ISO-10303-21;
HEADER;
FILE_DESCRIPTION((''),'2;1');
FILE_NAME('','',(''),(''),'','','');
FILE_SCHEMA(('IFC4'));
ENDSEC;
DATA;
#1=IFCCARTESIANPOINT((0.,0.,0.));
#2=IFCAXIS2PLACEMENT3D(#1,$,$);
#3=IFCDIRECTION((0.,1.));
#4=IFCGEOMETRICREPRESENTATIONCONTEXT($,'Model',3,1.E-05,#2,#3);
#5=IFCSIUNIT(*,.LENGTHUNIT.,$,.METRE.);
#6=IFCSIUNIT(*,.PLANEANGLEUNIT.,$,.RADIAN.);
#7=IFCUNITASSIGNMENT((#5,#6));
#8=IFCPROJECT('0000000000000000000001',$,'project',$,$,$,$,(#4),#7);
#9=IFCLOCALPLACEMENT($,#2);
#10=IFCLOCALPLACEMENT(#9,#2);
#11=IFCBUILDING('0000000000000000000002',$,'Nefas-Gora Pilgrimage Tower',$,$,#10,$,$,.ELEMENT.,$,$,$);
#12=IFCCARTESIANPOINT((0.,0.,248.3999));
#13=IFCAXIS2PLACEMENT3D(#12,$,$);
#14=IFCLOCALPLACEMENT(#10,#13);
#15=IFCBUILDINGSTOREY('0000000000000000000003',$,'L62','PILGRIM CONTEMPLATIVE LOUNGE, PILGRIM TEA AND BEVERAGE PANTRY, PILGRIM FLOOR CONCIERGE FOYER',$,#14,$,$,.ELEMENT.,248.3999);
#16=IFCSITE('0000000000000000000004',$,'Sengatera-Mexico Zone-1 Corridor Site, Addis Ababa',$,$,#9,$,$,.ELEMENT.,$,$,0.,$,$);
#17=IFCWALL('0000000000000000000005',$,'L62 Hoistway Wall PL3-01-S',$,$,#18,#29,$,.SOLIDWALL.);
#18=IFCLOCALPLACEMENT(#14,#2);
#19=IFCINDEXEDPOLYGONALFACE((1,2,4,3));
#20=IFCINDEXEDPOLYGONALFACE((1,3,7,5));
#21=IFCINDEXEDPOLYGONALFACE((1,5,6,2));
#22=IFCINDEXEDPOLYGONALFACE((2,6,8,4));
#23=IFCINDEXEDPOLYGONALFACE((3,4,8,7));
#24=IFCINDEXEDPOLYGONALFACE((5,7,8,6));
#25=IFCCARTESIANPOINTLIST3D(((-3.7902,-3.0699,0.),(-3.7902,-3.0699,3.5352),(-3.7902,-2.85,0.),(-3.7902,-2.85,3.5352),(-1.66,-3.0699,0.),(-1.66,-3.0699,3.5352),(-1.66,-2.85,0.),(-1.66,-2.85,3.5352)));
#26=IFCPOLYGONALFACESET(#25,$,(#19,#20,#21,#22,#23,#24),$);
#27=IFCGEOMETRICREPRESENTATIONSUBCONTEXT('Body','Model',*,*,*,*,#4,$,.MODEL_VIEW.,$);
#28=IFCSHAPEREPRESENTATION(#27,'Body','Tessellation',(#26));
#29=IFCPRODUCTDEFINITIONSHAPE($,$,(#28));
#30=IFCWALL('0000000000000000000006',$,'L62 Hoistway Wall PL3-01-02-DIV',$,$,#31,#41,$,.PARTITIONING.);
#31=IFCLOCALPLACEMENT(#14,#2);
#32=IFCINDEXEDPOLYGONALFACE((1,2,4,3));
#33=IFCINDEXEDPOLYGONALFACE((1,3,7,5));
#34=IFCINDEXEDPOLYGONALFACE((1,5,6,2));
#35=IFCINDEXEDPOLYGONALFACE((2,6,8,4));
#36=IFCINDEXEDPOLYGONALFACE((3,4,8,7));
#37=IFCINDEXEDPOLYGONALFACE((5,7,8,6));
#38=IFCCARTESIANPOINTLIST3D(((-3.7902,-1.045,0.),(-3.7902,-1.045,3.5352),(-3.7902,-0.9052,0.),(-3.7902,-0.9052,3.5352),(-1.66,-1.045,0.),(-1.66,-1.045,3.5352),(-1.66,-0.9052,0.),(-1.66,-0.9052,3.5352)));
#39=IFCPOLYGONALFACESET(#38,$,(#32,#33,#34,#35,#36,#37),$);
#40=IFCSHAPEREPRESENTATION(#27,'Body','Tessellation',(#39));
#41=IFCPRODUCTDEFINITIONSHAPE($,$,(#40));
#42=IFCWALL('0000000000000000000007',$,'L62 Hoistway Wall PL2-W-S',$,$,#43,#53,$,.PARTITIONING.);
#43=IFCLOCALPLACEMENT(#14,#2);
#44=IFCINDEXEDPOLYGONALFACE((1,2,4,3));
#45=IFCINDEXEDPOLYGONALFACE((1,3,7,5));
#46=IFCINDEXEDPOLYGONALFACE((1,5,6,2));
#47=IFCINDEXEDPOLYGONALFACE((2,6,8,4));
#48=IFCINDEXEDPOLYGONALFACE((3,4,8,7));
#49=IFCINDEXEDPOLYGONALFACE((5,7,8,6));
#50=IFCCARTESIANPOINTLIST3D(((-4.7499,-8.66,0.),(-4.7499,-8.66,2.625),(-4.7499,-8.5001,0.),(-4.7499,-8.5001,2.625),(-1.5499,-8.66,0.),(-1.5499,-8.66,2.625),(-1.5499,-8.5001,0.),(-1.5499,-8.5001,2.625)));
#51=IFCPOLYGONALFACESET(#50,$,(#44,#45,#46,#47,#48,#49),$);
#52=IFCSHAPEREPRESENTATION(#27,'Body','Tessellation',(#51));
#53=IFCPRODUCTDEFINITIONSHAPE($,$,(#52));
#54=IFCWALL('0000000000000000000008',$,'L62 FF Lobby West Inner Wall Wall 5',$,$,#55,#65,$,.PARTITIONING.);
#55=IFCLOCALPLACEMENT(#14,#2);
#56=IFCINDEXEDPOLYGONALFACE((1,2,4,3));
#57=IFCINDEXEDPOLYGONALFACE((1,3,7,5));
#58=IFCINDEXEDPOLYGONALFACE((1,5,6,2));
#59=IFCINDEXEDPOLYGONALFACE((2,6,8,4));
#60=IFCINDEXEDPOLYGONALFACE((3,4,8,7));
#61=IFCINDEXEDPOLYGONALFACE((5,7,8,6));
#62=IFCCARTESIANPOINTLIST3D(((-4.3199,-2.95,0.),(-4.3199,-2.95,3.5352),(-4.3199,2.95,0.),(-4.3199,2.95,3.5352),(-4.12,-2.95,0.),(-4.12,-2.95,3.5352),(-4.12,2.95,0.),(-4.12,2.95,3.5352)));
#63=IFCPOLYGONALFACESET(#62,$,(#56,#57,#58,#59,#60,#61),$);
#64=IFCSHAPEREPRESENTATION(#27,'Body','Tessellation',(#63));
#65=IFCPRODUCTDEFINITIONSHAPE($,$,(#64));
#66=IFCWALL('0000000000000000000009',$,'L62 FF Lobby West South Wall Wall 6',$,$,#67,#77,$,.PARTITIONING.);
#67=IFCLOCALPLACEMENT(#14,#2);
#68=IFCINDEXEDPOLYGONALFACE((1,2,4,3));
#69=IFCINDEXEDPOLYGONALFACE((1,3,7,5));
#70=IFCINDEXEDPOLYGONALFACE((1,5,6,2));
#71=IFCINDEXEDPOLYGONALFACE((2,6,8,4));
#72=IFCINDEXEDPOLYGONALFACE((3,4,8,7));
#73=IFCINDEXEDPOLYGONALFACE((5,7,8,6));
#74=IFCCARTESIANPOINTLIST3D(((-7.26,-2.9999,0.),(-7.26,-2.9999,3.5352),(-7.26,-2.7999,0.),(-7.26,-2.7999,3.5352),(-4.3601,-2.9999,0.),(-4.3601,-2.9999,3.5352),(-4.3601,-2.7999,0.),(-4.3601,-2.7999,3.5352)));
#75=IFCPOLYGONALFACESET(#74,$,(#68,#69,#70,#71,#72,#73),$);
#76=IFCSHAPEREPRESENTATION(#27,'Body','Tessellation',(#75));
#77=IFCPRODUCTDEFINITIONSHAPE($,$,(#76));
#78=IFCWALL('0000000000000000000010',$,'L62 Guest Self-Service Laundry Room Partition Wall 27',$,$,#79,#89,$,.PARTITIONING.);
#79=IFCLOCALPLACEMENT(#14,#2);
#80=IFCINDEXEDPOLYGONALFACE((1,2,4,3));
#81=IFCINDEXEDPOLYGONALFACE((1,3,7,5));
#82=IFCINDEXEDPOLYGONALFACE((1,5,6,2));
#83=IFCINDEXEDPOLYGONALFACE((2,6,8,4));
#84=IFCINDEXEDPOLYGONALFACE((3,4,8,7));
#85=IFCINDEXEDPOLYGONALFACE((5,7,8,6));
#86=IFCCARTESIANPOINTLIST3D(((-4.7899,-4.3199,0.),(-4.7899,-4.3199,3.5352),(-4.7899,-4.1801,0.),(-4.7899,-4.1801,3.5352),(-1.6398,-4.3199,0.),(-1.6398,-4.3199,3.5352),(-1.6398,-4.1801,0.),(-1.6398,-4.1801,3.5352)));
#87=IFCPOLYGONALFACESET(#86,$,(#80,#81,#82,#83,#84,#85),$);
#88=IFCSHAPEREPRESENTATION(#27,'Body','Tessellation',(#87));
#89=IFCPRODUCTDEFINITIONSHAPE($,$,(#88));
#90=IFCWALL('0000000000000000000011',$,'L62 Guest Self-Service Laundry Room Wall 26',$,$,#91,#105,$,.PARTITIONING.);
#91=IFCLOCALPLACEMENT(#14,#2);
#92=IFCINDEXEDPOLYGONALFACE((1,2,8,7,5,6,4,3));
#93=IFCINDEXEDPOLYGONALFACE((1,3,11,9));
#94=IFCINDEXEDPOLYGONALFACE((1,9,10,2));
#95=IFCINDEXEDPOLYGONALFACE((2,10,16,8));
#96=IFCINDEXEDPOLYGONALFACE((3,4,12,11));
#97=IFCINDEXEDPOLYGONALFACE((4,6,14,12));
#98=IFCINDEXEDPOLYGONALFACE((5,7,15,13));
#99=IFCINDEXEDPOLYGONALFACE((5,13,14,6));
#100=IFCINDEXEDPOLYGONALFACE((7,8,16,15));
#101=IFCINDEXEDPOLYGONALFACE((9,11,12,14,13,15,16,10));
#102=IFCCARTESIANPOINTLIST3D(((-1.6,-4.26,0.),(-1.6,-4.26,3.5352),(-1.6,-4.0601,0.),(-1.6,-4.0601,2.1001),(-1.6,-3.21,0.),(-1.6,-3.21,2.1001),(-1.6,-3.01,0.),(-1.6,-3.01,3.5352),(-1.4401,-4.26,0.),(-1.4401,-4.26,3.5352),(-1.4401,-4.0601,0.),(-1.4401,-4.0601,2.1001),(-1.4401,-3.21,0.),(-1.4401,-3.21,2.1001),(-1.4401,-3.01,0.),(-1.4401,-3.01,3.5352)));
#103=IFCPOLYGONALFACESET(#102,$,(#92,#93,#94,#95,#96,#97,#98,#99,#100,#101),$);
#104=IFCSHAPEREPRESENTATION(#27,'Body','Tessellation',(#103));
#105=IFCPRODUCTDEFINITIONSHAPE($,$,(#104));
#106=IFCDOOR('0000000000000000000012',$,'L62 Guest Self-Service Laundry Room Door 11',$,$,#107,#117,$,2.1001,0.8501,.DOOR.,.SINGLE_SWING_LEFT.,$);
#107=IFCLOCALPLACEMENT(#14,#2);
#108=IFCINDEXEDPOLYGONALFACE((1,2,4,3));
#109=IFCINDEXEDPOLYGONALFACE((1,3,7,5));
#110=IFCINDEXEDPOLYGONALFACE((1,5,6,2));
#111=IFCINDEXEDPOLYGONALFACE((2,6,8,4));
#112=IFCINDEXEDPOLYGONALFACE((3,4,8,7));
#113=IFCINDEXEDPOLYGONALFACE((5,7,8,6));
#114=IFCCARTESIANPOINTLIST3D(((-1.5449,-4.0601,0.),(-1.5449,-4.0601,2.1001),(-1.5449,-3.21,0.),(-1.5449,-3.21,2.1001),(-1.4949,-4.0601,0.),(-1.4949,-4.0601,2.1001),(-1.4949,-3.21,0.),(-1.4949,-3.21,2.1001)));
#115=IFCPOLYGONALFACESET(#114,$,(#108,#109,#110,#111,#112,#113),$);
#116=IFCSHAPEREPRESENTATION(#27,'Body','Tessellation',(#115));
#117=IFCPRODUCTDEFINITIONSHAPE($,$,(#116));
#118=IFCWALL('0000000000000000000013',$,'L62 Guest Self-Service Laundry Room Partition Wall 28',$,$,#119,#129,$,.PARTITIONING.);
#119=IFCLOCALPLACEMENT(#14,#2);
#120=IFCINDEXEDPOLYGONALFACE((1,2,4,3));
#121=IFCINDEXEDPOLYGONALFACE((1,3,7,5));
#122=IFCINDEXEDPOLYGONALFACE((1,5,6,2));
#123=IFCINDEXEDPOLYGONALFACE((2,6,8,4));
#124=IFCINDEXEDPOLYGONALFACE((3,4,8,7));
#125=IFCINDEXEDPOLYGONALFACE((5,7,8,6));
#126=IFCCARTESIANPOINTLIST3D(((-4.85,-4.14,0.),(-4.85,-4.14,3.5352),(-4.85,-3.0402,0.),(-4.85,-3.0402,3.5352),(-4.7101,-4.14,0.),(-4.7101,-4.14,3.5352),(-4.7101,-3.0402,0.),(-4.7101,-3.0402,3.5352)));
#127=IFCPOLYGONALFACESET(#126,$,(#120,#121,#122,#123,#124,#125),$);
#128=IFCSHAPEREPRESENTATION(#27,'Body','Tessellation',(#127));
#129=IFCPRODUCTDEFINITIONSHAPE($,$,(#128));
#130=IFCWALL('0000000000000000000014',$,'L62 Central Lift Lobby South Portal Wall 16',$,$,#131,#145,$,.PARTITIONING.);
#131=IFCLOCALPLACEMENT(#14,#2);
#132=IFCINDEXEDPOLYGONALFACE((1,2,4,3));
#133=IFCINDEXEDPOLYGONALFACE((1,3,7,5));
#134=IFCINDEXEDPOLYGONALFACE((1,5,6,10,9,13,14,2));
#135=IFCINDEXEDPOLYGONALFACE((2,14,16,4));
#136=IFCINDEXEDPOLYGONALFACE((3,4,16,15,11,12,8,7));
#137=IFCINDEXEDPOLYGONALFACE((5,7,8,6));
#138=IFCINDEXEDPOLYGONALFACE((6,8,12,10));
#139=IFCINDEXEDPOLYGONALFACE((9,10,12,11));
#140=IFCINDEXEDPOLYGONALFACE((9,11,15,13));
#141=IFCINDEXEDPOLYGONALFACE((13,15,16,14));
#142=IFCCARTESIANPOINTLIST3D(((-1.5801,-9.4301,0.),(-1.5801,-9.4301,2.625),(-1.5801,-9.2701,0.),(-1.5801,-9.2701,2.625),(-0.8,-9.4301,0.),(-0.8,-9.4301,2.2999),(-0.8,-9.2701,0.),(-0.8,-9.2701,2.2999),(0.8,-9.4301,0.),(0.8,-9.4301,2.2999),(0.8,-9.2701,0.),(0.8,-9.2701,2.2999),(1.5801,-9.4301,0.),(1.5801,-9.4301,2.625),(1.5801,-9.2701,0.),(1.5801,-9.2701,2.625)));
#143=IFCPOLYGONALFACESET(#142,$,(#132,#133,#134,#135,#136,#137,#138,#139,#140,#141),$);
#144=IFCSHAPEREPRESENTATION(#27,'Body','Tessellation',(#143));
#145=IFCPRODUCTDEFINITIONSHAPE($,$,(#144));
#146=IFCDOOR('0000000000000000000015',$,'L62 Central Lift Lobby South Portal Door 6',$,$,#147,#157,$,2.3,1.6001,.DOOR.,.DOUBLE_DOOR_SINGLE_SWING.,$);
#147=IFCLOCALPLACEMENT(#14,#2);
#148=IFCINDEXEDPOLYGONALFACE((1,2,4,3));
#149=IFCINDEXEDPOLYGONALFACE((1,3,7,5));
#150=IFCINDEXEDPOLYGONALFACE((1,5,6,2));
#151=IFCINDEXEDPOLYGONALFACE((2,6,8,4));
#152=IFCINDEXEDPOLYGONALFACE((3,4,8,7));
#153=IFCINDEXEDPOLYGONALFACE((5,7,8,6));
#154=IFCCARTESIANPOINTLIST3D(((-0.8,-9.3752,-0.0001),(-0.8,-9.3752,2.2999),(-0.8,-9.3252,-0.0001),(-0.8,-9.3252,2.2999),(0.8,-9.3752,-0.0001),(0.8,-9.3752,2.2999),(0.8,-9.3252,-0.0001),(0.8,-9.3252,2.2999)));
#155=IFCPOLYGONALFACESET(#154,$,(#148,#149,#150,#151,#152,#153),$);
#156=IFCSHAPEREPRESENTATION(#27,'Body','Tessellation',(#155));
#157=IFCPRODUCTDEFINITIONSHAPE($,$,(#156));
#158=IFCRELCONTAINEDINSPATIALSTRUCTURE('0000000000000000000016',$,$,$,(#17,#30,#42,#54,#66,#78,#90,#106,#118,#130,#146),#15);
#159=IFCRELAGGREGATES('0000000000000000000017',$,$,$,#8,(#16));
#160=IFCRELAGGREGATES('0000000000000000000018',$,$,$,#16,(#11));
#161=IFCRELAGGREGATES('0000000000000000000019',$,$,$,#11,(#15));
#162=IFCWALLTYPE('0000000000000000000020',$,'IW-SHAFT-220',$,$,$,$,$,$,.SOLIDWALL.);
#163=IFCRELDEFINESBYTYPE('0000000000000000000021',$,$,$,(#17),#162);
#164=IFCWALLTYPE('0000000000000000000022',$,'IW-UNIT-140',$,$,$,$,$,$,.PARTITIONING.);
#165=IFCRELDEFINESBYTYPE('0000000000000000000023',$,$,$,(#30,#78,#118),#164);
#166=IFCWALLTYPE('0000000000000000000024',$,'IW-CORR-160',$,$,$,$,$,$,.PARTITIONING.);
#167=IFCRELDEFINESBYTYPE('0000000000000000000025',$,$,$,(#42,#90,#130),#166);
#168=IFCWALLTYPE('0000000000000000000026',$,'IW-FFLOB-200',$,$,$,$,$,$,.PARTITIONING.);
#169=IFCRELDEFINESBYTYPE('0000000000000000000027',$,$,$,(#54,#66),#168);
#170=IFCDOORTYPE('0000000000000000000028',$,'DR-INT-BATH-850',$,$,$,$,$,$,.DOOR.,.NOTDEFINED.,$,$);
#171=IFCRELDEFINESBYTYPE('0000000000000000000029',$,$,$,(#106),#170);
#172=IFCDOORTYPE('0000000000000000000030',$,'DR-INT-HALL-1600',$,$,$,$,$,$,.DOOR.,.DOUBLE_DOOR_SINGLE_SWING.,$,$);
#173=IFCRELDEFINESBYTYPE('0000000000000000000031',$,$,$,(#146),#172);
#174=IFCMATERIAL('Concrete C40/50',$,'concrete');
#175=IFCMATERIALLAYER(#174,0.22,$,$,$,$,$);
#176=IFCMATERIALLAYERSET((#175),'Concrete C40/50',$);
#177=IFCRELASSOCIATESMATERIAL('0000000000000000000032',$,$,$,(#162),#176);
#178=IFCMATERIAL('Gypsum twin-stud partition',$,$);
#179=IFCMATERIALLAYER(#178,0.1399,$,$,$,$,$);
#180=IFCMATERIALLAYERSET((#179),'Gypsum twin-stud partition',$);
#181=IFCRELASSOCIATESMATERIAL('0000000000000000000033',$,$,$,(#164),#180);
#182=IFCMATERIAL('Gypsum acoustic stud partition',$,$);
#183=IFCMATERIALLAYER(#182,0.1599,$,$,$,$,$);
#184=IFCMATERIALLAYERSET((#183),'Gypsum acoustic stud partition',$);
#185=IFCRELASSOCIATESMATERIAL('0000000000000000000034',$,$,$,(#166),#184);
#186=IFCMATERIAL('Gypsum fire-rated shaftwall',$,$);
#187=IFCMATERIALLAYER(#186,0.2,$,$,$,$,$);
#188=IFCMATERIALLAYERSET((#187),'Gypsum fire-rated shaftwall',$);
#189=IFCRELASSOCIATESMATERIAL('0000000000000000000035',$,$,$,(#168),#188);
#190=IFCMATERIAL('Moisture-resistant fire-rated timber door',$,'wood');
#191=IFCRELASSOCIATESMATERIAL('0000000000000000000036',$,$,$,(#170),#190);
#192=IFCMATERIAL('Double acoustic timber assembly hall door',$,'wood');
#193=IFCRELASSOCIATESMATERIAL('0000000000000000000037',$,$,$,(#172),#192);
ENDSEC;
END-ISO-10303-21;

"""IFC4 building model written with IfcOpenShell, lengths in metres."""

from ifc_helpers import new_model, si_unit, direction, frame, frame_2d, origin, place, context, subcontext, project, spatial, rectangle, extrude, source, transform, mapped, material, layer, layer_set, type_object, element, fill, save


model = new_model("IFC4")

# Units and contexts
model_context = context("Model", 3, precision=1e-05, world=origin(), true_north=direction((0.0, 1.0)))
body_context = subcontext(model_context, "Body", "Model", "MODEL_VIEW")
ifc_project = project(units=[si_unit("LENGTHUNIT", "METRE"), si_unit("PLANEANGLEUNIT", "RADIAN")], contexts=[model_context])

# Site, building, storey
site_placement = place(None, origin())
site = spatial("IfcSite", under=ifc_project, at=site_placement, Name="Sengatera-Mexico Zone-1 Corridor Site, Addis Ababa", CompositionType="ELEMENT", RefElevation=0.0)
building_placement = place(site_placement, origin())
building = spatial("IfcBuilding", under=site, at=building_placement, Name="Nefas-Gora Pilgrimage Tower", CompositionType="ELEMENT")
storey_placement = place(building_placement, frame((0.0, 0.0, 248.3999)))
storey = spatial("IfcBuildingStorey", under=building, at=storey_placement, Name="L62", Description="PILGRIM CONTEMPLATIVE LOUNGE, PILGRIM TEA AND BEVERAGE PANTRY, PILGRIM FLOOR CONCIERGE FOYER", CompositionType="ELEMENT", Elevation=248.3999)

# Shared definitions
ifc_material_1 = material(Name="Concrete C40/50", Category="concrete")
ifc_layer_1 = layer(ifc_material_1, 0.22)
ifc_layer_set_1 = layer_set([ifc_layer_1], Name="Concrete C40/50")
wall_type_1 = type_object("IfcWallType", Name="IW-SHAFT-220", PredefinedType="SOLIDWALL", material=ifc_layer_set_1)

# Walls
ifc_material_2 = material(Name="Gypsum twin-stud partition")
ifc_layer_2 = layer(ifc_material_2, 0.1399)
ifc_layer_set_2 = layer_set([ifc_layer_2], Name="Gypsum twin-stud partition")
wall_type_2 = type_object("IfcWallType", Name="IW-UNIT-140", PredefinedType="PARTITIONING", material=ifc_layer_set_2)
shared_shape_1 = source(origin(), body_context, "Body", "SweptSolid", [
    extrude(rectangle(XDim=2.1301, YDim=0.22, at=frame_2d((1.0649, 0.0))), origin(), (0.0, 0.0, 1.0), 3.5352),
])
wall_1_placement = place(storey_placement, frame((-3.79, -2.96, 0.0), z_axis=(0.0, 0.0, 1.0), x_axis=(1.0, 0.0, 0.0)))
element("IfcWall", 1, at=wall_1_placement, inside=storey, type_object=wall_type_1, Name="L62 Hoistway Wall PL3-01-S", PredefinedType="SOLIDWALL", context=body_context, shape_type="MappedRepresentation", body=[
    mapped(shared_shape_1, transform((0.0, 0.0, 0.0), x_axis=(1.0, 0.0, 0.0), y_axis=(0.0, 1.0, 0.0), z_axis=(0.0, 0.0, 1.0), scale=1.0)),
])
shared_shape_2 = source(origin(), body_context, "Body", "SweptSolid", [
    extrude(rectangle(XDim=2.1301, YDim=0.1399, at=frame_2d((1.0649, 0.0))), origin(), (0.0, 0.0, 1.0), 3.5352),
])
wall_2_placement = place(storey_placement, frame((-3.79, -0.9751, 0.0), z_axis=(0.0, 0.0, 1.0), x_axis=(1.0, 0.0, 0.0)))
element("IfcWall", 2, at=wall_2_placement, inside=storey, type_object=wall_type_2, Name="L62 Hoistway Wall PL3-01-02-DIV", PredefinedType="PARTITIONING", context=body_context, shape_type="MappedRepresentation", body=[
    mapped(shared_shape_2, transform((0.0, 0.0, 0.0), x_axis=(1.0, 0.0, 0.0), y_axis=(0.0, 1.0, 0.0), z_axis=(0.0, 0.0, 1.0), scale=1.0)),
])
ifc_material_3 = material(Name="Gypsum acoustic stud partition")
ifc_layer_3 = layer(ifc_material_3, 0.1599)
ifc_layer_set_3 = layer_set([ifc_layer_3], Name="Gypsum acoustic stud partition")
wall_type_3 = type_object("IfcWallType", Name="IW-CORR-160", PredefinedType="PARTITIONING", material=ifc_layer_set_3)
shared_shape_3 = source(origin(), body_context, "Body", "SweptSolid", [
    extrude(rectangle(XDim=3.2, YDim=0.1599, at=frame_2d((1.6001, 0.0))), origin(), (0.0, 0.0, 1.0), 2.625),
])
wall_3_placement = place(storey_placement, frame((-4.75, -8.5801, 0.0), z_axis=(0.0, 0.0, 1.0), x_axis=(1.0, 0.0, 0.0)))
element("IfcWall", 3, at=wall_3_placement, inside=storey, type_object=wall_type_3, Name="L62 Hoistway Wall PL2-W-S", PredefinedType="PARTITIONING", context=body_context, shape_type="MappedRepresentation", body=[
    mapped(shared_shape_3, transform((0.0, 0.0, 0.0), x_axis=(1.0, 0.0, 0.0), y_axis=(0.0, 1.0, 0.0), z_axis=(0.0, 0.0, 1.0), scale=1.0)),
])
ifc_material_4 = material(Name="Gypsum fire-rated shaftwall")
ifc_layer_4 = layer(ifc_material_4, 0.2)
ifc_layer_set_4 = layer_set([ifc_layer_4], Name="Gypsum fire-rated shaftwall")
wall_type_4 = type_object("IfcWallType", Name="IW-FFLOB-200", PredefinedType="PARTITIONING", material=ifc_layer_set_4)
shared_shape_4 = source(origin(), body_context, "Body", "SweptSolid", [
    extrude(rectangle(XDim=5.8999, YDim=0.2, at=frame_2d((2.95, 0.0))), origin(), (0.0, 0.0, 1.0), 3.5352),
])
wall_4_placement = place(storey_placement, frame((-4.22, -2.95, 0.0), z_axis=(0.0, 0.0, 1.0), x_axis=(0.0, 1.0, 0.0)))
element("IfcWall", 4, at=wall_4_placement, inside=storey, type_object=wall_type_4, Name="L62 FF Lobby West Inner Wall Wall 5", PredefinedType="PARTITIONING", context=body_context, shape_type="MappedRepresentation", body=[
    mapped(shared_shape_4, transform((0.0, 0.0, 0.0), x_axis=(1.0, 0.0, 0.0), y_axis=(0.0, 1.0, 0.0), z_axis=(0.0, 0.0, 1.0), scale=1.0)),
])
shared_shape_5 = source(origin(), body_context, "Body", "SweptSolid", [
    extrude(rectangle(XDim=2.8999, YDim=0.2, at=frame_2d((1.45, 0.0))), origin(), (0.0, 0.0, 1.0), 3.5352),
])
wall_5_placement = place(storey_placement, frame((-7.26, -2.8999, 0.0), z_axis=(0.0, 0.0, 1.0), x_axis=(1.0, 0.0, 0.0)))
element("IfcWall", 5, at=wall_5_placement, inside=storey, type_object=wall_type_4, Name="L62 FF Lobby West South Wall Wall 6", PredefinedType="PARTITIONING", context=body_context, shape_type="MappedRepresentation", body=[
    mapped(shared_shape_5, transform((0.0, 0.0, 0.0), x_axis=(1.0, 0.0, 0.0), y_axis=(0.0, 1.0, 0.0), z_axis=(0.0, 0.0, 1.0), scale=1.0)),
])
shared_shape_6 = source(origin(), body_context, "Body", "SweptSolid", [
    extrude(rectangle(XDim=3.1501, YDim=0.1399, at=frame_2d((1.5752, 0.0))), origin(), (0.0, 0.0, 1.0), 3.5352),
])
wall_6_placement = place(storey_placement, frame((-4.79, -4.25, 0.0), z_axis=(0.0, 0.0, 1.0), x_axis=(1.0, 0.0, 0.0)))
element("IfcWall", 6, at=wall_6_placement, inside=storey, type_object=wall_type_2, Name="L62 Guest Self-Service Laundry Room Partition Wall 27", PredefinedType="PARTITIONING", context=body_context, shape_type="MappedRepresentation", body=[
    mapped(shared_shape_6, transform((0.0, 0.0, 0.0), x_axis=(1.0, 0.0, 0.0), y_axis=(0.0, 1.0, 0.0), z_axis=(0.0, 0.0, 1.0), scale=1.0)),
])

# Wall, opening, door
shared_shape_7 = source(origin(), body_context, "Body", "SweptSolid", [
    extrude(rectangle(XDim=1.25, YDim=0.1599, at=frame_2d((0.625, 0.0))), origin(), (0.0, 0.0, 1.0), 3.5352),
])
wall_7_placement = place(storey_placement, frame((-1.52, -4.26, 0.0), z_axis=(0.0, 0.0, 1.0), x_axis=(0.0, 1.0, 0.0)))
wall_7 = element("IfcWall", 7, at=wall_7_placement, inside=storey, type_object=wall_type_3, Name="L62 Guest Self-Service Laundry Room Wall 26", PredefinedType="PARTITIONING", context=body_context, shape_type="MappedRepresentation", body=[
    mapped(shared_shape_7, transform((0.0, 0.0, 0.0), x_axis=(1.0, 0.0, 0.0), y_axis=(0.0, 1.0, 0.0), z_axis=(0.0, 0.0, 1.0), scale=1.0)),
])
opening_1_placement = place(wall_7_placement, frame((0.2, 0.0, 0.0)))
opening_1 = element("IfcOpeningElement", 8, at=opening_1_placement, cuts=wall_7, PredefinedType="OPENING", context=body_context, shape_type="SweptSolid", body=[
    extrude(rectangle(XDim=0.8501, YDim=2.1001, at=frame_2d((0.425, 1.05))), frame((0.0, 0.0898, 0.0), z_axis=(0.0, -1.0, 0.0), x_axis=(1.0, 0.0, 0.0)), (0.0, 0.0, 1.0), 0.1799),
])
ifc_material_5 = material(Name="Moisture-resistant fire-rated timber door", Category="wood")
door_type_1 = type_object("IfcDoorType", Name="DR-INT-BATH-850", OperationType="NOTDEFINED", PredefinedType="DOOR", material=ifc_material_5)
shared_shape_8 = source(origin(), body_context, "Body", "SweptSolid", [
    extrude(rectangle(XDim=0.8501, YDim=2.1001, at=frame_2d((0.425, 1.05))), frame((0.0, 0.0249, 0.0), z_axis=(0.0, -1.0, 0.0), x_axis=(1.0, 0.0, 0.0)), (0.0, 0.0, 1.0), 0.05),
])
door_1_placement = place(opening_1_placement, origin())
door_1 = element("IfcDoor", 9, at=door_1_placement, inside=storey, type_object=door_type_1, Name="L62 Guest Self-Service Laundry Room Door 11", OperationType="SINGLE_SWING_LEFT", OverallHeight=2.1001, OverallWidth=0.8501, PredefinedType="DOOR", context=body_context, shape_type="MappedRepresentation", body=[
    mapped(shared_shape_8, transform((0.0, 0.0, 0.0), x_axis=(1.0, 0.0, 0.0), y_axis=(0.0, 1.0, 0.0), z_axis=(0.0, 0.0, 1.0), scale=1.0)),
])
fill(opening_1, door_1)

# Wall
shared_shape_9 = source(origin(), body_context, "Body", "SweptSolid", [
    extrude(rectangle(XDim=1.0999, YDim=0.1399, at=frame_2d((0.5498, 0.0))), origin(), (0.0, 0.0, 1.0), 3.5352),
])
wall_8_placement = place(storey_placement, frame((-4.78, -4.1399, 0.0), z_axis=(0.0, 0.0, 1.0), x_axis=(0.0, 1.0, 0.0)))
element("IfcWall", 10, at=wall_8_placement, inside=storey, type_object=wall_type_2, Name="L62 Guest Self-Service Laundry Room Partition Wall 28", PredefinedType="PARTITIONING", context=body_context, shape_type="MappedRepresentation", body=[
    mapped(shared_shape_9, transform((0.0, 0.0, 0.0), x_axis=(1.0, 0.0, 0.0), y_axis=(0.0, 1.0, 0.0), z_axis=(0.0, 0.0, 1.0), scale=1.0)),
])

# Wall, opening, door
shared_shape_10 = source(origin(), body_context, "Body", "SweptSolid", [
    extrude(rectangle(XDim=3.1602, YDim=0.1599, at=frame_2d((1.5801, 0.0))), origin(), (0.0, 0.0, 1.0), 2.625),
])
wall_9_placement = place(storey_placement, frame((-1.5801, -9.3501, 0.0), z_axis=(0.0, 0.0, 1.0), x_axis=(1.0, 0.0, 0.0)))
wall_9 = element("IfcWall", 11, at=wall_9_placement, inside=storey, type_object=wall_type_3, Name="L62 Central Lift Lobby South Portal Wall 16", PredefinedType="PARTITIONING", context=body_context, shape_type="MappedRepresentation", body=[
    mapped(shared_shape_10, transform((0.0, 0.0, 0.0), x_axis=(1.0, 0.0, 0.0), y_axis=(0.0, 1.0, 0.0), z_axis=(0.0, 0.0, 1.0), scale=1.0)),
])
opening_2_placement = place(wall_9_placement, frame((0.78, 0.0, 0.0)))
opening_2 = element("IfcOpeningElement", 12, at=opening_2_placement, cuts=wall_9, PredefinedType="OPENING", context=body_context, shape_type="SweptSolid", body=[
    extrude(rectangle(XDim=1.6001, YDim=2.3, at=frame_2d((0.8, 1.1499))), frame((0.0, 0.0898, 0.0), z_axis=(0.0, -1.0, 0.0), x_axis=(1.0, 0.0, 0.0)), (0.0, 0.0, 1.0), 0.1799),
])
ifc_material_6 = material(Name="Double acoustic timber assembly hall door", Category="wood")
door_type_2 = type_object("IfcDoorType", Name="DR-INT-HALL-1600", OperationType="DOUBLE_DOOR_SINGLE_SWING", PredefinedType="DOOR", material=ifc_material_6)
shared_shape_11 = source(origin(), body_context, "Body", "SweptSolid", [
    extrude(rectangle(XDim=1.6001, YDim=2.3, at=frame_2d((0.8, 1.1499))), frame((0.0, 0.0249, 0.0), z_axis=(0.0, -1.0, 0.0), x_axis=(1.0, 0.0, 0.0)), (0.0, 0.0, 1.0), 0.05),
])
door_2_placement = place(opening_2_placement, origin())
door_2 = element("IfcDoor", 13, at=door_2_placement, inside=storey, type_object=door_type_2, Name="L62 Central Lift Lobby South Portal Door 6", OperationType="DOUBLE_DOOR_SINGLE_SWING", OverallHeight=2.3, OverallWidth=1.6001, PredefinedType="DOOR", context=body_context, shape_type="MappedRepresentation", body=[
    mapped(shared_shape_11, transform((0.0, 0.0, 0.0), x_axis=(1.0, 0.0, 0.0), y_axis=(0.0, 1.0, 0.0), z_axis=(0.0, 0.0, 1.0), scale=1.0)),
])
fill(opening_2, door_2)

save(model, "model.ifc")
